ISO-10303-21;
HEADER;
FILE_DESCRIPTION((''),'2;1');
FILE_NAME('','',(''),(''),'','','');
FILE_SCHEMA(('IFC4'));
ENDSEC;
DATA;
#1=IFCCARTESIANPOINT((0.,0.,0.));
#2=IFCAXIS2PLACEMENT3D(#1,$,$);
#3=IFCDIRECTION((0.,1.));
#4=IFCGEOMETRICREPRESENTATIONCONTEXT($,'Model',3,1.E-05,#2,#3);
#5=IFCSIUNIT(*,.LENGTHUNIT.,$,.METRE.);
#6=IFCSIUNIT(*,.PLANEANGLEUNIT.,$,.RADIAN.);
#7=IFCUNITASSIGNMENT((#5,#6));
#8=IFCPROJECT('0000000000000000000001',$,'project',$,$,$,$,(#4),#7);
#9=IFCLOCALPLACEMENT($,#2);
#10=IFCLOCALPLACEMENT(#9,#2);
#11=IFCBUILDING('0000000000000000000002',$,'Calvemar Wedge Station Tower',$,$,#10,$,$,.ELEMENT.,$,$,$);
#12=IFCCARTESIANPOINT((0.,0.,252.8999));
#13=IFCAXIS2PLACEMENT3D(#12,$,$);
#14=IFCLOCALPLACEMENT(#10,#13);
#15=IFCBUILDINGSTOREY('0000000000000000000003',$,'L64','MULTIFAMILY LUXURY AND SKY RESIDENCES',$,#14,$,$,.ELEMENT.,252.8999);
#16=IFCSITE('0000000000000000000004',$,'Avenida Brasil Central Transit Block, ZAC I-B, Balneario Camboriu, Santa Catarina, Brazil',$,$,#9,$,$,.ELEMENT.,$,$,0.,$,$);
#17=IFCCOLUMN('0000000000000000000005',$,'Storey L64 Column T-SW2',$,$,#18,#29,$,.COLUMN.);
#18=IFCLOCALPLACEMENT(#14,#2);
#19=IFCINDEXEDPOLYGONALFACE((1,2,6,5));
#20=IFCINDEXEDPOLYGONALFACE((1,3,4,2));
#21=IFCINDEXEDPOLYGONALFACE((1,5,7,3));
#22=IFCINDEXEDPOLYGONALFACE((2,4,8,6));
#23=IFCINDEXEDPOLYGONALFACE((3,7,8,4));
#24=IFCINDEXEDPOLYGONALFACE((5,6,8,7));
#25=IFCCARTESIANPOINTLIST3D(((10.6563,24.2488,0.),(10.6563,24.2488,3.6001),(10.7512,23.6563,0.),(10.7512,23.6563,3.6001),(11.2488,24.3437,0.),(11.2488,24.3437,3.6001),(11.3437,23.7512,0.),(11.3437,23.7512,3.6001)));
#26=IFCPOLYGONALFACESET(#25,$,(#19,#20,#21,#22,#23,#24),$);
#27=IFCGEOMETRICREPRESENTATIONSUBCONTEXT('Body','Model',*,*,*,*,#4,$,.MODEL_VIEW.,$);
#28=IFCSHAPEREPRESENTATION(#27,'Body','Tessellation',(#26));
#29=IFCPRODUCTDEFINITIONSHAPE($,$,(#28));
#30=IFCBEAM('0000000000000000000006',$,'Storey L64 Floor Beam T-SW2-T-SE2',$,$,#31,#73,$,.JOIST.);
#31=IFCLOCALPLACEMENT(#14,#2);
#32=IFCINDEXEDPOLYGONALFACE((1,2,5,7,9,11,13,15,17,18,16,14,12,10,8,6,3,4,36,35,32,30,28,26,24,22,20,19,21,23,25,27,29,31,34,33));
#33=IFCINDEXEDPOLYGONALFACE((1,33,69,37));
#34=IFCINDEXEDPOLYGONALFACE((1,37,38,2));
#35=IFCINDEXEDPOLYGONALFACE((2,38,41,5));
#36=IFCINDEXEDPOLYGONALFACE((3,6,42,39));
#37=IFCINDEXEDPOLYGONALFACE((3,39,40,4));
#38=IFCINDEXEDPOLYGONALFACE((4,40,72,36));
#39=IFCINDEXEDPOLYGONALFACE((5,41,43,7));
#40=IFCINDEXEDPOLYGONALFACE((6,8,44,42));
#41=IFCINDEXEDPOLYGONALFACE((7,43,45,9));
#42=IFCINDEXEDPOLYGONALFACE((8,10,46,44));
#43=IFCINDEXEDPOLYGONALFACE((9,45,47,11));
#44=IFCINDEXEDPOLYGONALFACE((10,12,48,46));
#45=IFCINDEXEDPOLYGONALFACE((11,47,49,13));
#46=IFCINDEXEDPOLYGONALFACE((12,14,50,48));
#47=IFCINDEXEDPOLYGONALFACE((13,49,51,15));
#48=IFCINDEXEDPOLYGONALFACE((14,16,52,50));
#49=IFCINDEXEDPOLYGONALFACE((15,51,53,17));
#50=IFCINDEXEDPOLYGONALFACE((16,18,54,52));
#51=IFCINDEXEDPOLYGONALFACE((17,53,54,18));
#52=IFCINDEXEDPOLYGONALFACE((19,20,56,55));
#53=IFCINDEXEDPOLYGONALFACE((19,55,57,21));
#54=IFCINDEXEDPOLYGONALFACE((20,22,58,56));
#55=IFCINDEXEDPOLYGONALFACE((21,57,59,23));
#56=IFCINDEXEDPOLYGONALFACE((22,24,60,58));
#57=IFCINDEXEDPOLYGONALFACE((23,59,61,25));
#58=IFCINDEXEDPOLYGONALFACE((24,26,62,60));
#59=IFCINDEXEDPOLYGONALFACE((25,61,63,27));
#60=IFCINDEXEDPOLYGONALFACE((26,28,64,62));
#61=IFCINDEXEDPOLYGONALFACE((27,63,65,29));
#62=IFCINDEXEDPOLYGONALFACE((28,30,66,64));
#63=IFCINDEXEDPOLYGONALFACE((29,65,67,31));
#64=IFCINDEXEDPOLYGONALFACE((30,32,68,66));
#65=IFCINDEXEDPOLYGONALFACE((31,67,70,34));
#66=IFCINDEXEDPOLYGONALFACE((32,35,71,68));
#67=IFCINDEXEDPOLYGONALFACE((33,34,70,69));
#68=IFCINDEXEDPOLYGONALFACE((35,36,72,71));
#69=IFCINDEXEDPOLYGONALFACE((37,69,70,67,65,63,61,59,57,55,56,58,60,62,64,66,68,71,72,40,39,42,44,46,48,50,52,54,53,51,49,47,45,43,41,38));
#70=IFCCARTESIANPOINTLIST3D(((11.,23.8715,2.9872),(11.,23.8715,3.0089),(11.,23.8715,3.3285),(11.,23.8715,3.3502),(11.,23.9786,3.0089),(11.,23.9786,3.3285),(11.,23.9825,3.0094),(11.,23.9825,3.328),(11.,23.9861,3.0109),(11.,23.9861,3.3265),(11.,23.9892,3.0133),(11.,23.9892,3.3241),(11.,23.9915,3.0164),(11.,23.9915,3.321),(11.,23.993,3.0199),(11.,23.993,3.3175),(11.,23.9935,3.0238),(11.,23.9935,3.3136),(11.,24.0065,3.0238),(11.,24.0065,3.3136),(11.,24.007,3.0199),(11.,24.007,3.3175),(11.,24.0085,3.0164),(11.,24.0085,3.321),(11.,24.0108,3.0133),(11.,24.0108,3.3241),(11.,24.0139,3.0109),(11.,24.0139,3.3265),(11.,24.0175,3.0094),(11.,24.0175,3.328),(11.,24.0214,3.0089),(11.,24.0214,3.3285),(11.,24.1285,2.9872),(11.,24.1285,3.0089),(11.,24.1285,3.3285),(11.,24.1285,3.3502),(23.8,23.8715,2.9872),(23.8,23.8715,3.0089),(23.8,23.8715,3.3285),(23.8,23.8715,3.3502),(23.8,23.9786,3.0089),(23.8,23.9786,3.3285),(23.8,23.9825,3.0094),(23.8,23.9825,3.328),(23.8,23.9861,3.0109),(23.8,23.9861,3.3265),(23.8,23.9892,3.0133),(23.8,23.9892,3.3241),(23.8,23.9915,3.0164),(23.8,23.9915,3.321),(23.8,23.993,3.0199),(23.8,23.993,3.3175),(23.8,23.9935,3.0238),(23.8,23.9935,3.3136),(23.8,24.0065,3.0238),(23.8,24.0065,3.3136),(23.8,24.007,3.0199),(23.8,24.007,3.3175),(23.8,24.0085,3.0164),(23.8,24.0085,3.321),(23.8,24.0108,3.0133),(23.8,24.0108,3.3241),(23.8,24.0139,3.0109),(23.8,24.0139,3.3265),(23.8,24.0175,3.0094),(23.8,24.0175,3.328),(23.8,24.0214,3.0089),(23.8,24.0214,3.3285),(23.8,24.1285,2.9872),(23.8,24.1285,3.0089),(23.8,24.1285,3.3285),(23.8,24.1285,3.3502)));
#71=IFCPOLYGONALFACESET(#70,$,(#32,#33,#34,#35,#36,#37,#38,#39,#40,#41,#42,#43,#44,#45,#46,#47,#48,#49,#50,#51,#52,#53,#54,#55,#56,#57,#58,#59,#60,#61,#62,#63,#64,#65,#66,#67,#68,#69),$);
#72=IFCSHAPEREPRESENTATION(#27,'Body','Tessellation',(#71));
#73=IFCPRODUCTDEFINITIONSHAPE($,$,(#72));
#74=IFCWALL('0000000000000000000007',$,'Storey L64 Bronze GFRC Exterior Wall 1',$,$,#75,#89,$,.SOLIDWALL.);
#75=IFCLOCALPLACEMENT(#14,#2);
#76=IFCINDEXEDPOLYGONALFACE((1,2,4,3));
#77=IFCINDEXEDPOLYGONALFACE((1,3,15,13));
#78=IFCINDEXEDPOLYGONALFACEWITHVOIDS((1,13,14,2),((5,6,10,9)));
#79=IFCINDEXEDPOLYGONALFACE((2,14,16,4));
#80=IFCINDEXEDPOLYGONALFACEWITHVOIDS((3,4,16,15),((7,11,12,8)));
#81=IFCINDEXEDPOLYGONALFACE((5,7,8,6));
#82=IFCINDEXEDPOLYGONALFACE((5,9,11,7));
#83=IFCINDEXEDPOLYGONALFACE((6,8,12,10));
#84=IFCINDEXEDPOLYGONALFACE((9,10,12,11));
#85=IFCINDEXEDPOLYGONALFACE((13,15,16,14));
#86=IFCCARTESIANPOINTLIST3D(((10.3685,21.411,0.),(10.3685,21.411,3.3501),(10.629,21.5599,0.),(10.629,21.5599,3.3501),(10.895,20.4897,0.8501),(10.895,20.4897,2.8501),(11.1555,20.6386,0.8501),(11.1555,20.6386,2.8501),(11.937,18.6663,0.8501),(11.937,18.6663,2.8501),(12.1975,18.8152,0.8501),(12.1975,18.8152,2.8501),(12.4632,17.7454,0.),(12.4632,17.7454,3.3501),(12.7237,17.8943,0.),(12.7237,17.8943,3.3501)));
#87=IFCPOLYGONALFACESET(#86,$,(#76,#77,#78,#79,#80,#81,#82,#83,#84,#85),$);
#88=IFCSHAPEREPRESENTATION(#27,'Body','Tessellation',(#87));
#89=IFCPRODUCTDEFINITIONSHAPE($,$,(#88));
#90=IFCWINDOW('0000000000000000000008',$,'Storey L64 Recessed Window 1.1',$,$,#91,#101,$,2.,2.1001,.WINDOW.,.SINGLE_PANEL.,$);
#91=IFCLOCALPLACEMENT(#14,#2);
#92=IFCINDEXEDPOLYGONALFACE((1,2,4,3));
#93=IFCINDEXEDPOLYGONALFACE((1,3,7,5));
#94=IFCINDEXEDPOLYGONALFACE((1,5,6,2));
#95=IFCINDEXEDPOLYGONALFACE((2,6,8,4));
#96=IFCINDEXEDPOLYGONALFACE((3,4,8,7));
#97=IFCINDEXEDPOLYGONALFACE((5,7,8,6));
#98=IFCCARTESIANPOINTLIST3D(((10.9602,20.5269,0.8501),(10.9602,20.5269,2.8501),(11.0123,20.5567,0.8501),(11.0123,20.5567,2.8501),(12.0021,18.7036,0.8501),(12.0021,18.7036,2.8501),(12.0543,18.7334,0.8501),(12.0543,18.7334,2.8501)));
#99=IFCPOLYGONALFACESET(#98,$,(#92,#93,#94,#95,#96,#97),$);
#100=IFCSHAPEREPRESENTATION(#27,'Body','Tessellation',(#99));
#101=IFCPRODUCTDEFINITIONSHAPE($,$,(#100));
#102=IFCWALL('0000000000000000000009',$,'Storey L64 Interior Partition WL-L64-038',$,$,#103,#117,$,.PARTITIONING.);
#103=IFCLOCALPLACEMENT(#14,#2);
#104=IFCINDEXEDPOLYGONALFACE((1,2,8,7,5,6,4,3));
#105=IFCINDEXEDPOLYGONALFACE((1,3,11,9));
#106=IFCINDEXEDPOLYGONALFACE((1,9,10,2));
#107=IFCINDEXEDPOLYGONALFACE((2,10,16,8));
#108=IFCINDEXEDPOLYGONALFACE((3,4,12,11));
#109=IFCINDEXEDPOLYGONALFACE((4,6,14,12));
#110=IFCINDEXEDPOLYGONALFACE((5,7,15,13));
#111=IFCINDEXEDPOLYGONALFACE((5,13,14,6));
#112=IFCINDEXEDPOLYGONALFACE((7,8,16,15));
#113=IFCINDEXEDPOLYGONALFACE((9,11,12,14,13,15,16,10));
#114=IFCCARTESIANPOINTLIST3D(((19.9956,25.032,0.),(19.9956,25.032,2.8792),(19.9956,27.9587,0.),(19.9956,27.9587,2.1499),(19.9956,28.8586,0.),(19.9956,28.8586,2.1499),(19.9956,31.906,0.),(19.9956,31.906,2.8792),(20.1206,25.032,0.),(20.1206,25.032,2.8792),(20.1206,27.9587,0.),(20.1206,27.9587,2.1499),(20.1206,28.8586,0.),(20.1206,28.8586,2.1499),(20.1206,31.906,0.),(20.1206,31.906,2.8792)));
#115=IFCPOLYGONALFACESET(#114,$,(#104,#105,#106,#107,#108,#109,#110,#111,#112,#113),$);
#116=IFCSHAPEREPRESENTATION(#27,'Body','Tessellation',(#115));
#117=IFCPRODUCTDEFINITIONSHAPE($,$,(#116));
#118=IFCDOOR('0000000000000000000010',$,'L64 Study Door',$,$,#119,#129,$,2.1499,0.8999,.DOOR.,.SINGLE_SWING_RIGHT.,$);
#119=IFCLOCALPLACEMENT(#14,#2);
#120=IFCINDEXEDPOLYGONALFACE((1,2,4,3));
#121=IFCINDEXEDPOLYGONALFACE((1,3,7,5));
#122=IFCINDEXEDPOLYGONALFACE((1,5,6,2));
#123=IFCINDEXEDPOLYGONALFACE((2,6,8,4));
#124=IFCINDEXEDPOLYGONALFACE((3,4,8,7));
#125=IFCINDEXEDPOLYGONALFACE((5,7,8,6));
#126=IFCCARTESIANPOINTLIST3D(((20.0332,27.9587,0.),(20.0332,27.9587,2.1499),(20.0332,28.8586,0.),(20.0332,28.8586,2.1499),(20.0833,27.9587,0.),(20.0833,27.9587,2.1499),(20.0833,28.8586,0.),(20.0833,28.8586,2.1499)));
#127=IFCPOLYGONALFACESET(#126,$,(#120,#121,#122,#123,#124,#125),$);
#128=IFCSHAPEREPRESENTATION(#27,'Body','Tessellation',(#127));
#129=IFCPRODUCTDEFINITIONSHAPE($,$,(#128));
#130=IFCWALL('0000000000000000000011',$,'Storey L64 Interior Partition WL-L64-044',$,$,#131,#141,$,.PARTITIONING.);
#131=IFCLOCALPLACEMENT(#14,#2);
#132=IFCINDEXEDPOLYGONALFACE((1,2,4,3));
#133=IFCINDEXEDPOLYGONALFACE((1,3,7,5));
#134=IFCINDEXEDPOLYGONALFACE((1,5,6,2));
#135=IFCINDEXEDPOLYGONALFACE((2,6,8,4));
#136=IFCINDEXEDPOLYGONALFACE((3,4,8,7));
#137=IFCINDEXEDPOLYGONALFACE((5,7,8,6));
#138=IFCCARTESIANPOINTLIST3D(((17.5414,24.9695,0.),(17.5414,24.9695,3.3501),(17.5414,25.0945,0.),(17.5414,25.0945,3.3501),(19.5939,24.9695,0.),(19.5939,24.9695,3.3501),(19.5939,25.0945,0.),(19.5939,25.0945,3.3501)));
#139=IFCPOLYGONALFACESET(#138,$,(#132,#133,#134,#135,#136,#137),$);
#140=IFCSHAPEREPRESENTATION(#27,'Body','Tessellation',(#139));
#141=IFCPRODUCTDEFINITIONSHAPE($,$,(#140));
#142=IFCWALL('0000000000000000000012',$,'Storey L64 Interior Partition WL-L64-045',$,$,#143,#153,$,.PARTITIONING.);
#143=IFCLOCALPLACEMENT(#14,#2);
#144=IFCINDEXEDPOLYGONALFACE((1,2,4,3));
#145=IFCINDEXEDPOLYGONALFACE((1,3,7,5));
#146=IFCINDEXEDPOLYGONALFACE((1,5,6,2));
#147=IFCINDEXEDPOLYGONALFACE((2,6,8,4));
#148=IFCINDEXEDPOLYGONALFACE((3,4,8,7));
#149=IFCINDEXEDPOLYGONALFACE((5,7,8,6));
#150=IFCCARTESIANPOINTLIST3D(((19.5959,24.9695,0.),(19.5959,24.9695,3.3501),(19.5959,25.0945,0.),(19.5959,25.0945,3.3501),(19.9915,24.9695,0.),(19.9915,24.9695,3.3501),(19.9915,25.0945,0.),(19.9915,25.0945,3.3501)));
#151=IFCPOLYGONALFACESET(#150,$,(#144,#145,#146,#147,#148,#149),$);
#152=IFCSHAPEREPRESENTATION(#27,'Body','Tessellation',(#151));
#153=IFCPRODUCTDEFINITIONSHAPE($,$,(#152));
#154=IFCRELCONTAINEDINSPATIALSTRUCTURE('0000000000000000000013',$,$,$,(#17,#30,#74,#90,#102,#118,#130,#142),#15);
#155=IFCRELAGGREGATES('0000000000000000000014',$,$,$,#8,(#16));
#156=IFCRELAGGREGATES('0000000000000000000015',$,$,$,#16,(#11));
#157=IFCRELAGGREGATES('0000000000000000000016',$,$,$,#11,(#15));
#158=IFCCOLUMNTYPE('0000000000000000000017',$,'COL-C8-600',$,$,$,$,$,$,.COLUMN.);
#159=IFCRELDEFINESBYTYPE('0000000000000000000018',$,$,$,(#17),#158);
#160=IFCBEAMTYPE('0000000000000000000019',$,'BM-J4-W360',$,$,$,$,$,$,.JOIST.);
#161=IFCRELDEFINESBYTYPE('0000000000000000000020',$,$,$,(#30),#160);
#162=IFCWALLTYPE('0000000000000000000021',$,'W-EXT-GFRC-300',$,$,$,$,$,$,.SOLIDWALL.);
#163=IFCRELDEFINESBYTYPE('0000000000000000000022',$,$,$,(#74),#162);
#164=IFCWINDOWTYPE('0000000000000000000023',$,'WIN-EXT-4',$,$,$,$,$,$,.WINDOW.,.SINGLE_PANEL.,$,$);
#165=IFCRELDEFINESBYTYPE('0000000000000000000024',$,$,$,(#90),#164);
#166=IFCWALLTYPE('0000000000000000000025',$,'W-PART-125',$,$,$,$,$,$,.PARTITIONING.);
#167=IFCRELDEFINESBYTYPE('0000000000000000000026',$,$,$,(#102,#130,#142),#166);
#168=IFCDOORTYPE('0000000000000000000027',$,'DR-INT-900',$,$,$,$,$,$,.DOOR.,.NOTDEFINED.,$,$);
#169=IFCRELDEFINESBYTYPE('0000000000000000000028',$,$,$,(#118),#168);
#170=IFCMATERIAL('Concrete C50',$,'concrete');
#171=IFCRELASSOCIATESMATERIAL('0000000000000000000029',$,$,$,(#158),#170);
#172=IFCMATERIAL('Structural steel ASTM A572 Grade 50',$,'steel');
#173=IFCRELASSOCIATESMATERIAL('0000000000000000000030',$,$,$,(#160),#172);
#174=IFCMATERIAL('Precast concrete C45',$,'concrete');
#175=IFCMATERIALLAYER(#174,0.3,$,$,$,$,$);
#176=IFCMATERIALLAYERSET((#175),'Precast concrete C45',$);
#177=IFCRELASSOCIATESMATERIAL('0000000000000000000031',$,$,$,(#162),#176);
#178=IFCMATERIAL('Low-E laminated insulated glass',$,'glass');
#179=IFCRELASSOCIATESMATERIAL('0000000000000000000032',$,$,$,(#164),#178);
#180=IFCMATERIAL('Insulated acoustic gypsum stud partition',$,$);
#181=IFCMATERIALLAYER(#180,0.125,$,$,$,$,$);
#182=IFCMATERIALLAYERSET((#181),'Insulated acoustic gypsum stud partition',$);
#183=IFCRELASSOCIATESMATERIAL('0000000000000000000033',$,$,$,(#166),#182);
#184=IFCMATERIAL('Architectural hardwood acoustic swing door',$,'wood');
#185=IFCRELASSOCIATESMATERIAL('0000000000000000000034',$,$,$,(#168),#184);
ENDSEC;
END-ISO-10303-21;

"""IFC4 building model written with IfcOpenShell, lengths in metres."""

from ifc_helpers import new_model, si_unit, direction, frame, frame_2d, origin, origin_2d, place, context, subcontext, project, spatial, rectangle, i_section, extrude, source, transform, mapped, material, layer, layer_set, material_profile, profile_set, type_object, element, fill, save


model = new_model("IFC4")

# Units and contexts
model_context = context("Model", 3, precision=1e-05, world=origin(), true_north=direction((0.0, 1.0)))
body_context = subcontext(model_context, "Body", "Model", "MODEL_VIEW")
ifc_project = project(units=[si_unit("LENGTHUNIT", "METRE"), si_unit("PLANEANGLEUNIT", "RADIAN")], contexts=[model_context])

# Site, building, storey
site_placement = place(None, origin())
site = spatial("IfcSite", under=ifc_project, at=site_placement, Name="Avenida Brasil Central Transit Block, ZAC I-B, Balneario Camboriu, Santa Catarina, Brazil", CompositionType="ELEMENT", RefElevation=0.0)
building_placement = place(site_placement, origin())
building = spatial("IfcBuilding", under=site, at=building_placement, Name="Calvemar Wedge Station Tower", CompositionType="ELEMENT")
storey_placement = place(building_placement, frame((0.0, 0.0, 252.8999)))
storey = spatial("IfcBuildingStorey", under=building, at=storey_placement, Name="L64", Description="MULTIFAMILY LUXURY AND SKY RESIDENCES", CompositionType="ELEMENT", Elevation=252.8999)

# Column
ifc_material_1 = material(Name="Concrete C50", Category="concrete")
ifc_material_profile_1 = material_profile(ifc_material_1, rectangle(XDim=0.6001, YDim=0.6001, at=origin_2d()), Name="RC600x600")
ifc_profile_set_1 = profile_set([ifc_material_profile_1], Name="Concrete C50")
column_type = type_object("IfcColumnType", Name="COL-C8-600", PredefinedType="COLUMN", material=ifc_profile_set_1)
shared_shape_1 = source(origin(), body_context, "Body", "SweptSolid", [
    extrude(rectangle(XDim=0.6001, YDim=0.6001, at=origin_2d()), origin(), (0.0, 0.0, 1.0), 3.6001),
])
column_placement = place(storey_placement, frame((11.0, 24.0, 0.0), z_axis=(0.0, 0.0, 1.0), x_axis=(0.158158, -0.987414, 0.0)))
element("IfcColumn", 1, at=column_placement, inside=storey, type_object=column_type, Name="Storey L64 Column T-SW2", PredefinedType="COLUMN", context=body_context, shape_type="MappedRepresentation", body=[
    mapped(shared_shape_1, transform((0.0, 0.0, 0.0), scale=1.0)),
])

# Beam
ifc_material_2 = material(Name="Structural steel ASTM A572 Grade 50", Category="steel")
ifc_material_profile_2 = material_profile(ifc_material_2, i_section(OverallWidth=0.2571, OverallDepth=0.363, WebThickness=0.0129, FlangeThickness=0.0217, FilletRadius=0.0149, at=origin_2d()), Name="W360x122")
ifc_profile_set_2 = profile_set([ifc_material_profile_2], Name="Structural steel ASTM A572 Grade 50")
beam_type = type_object("IfcBeamType", Name="BM-J4-W360", PredefinedType="JOIST", material=ifc_profile_set_2)
shared_shape_2 = source(origin(), body_context, "Body", "SweptSolid", [
    extrude(i_section(OverallWidth=0.2571, OverallDepth=0.363, WebThickness=0.0129, FlangeThickness=0.0217, FilletRadius=0.0149, at=origin_2d()), origin(), (0.0, 0.0, 1.0), 12.8),
])
beam_placement = place(storey_placement, frame((11.0, 24.0, 3.1687), z_axis=(1.0, 0.0, 0.0), x_axis=(0.0, 1.0, 0.0)))
element("IfcBeam", 2, at=beam_placement, inside=storey, type_object=beam_type, Name="Storey L64 Floor Beam T-SW2-T-SE2", PredefinedType="JOIST", context=body_context, shape_type="MappedRepresentation", body=[
    mapped(shared_shape_2, transform((0.0, 0.0, 0.0), scale=1.0)),
])

# Wall, opening, window
ifc_material_3 = material(Name="Precast concrete C45", Category="concrete")
ifc_layer_1 = layer(ifc_material_3, 0.3)
ifc_layer_set_1 = layer_set([ifc_layer_1], Name="Precast concrete C45")
wall_type_1 = type_object("IfcWallType", Name="W-EXT-GFRC-300", PredefinedType="SOLIDWALL", material=ifc_layer_set_1)
wall_1_placement = place(storey_placement, frame((10.4988, 21.4854, 0.0), z_axis=(0.0, 0.0, 1.0), x_axis=(0.496164, -0.868229, 0.0)))
wall_1 = element("IfcWall", 3, at=wall_1_placement, inside=storey, type_object=wall_type_1, Name="Storey L64 Bronze GFRC Exterior Wall 1", PredefinedType="SOLIDWALL", context=body_context, shape_type="SweptSolid", body=[
    extrude(rectangle(XDim=4.2219, YDim=0.3, at=frame_2d((2.1108, 0.0))), origin(), (0.0, 0.0, 1.0), 3.3501),
])
shared_shape_3 = source(origin(), body_context, "Body", "SweptSolid", [
    extrude(rectangle(XDim=2.1001, YDim=2.0, at=frame_2d((1.05, 1.0))), frame((0.0, 0.1602, 0.0), z_axis=(0.0, -1.0, 0.0), x_axis=(1.0, 0.0, 0.0)), (0.0, 0.0, 1.0), 0.3201),
])
opening_1_placement = place(wall_1_placement, frame((1.061, 0.0, 0.8501)))
opening_1 = element("IfcOpeningElement", 4, at=opening_1_placement, cuts=wall_1, PredefinedType="OPENING", context=body_context, shape_type="MappedRepresentation", body=[
    mapped(shared_shape_3, transform((0.0, 0.0, 0.0), scale=1.0)),
])
ifc_material_4 = material(Name="Low-E laminated insulated glass", Category="glass")
window_type = type_object("IfcWindowType", Name="WIN-EXT-4", PartitioningType="SINGLE_PANEL", PredefinedType="WINDOW", material=ifc_material_4)
shared_shape_4 = source(origin(), body_context, "Body", "SweptSolid", [
    extrude(rectangle(XDim=2.1001, YDim=2.0, at=frame_2d((1.05, 1.0))), frame((0.0, -0.0149, 0.0), z_axis=(0.0, -1.0, 0.0), x_axis=(1.0, 0.0, 0.0)), (0.0, 0.0, 1.0), 0.0601),
])
window_placement = place(opening_1_placement, origin())
window = element("IfcWindow", 5, at=window_placement, inside=storey, type_object=window_type, Name="Storey L64 Recessed Window 1.1", OverallHeight=2.0, OverallWidth=2.1001, PartitioningType="SINGLE_PANEL", PredefinedType="WINDOW", context=body_context, shape_type="MappedRepresentation", body=[
    mapped(shared_shape_4, transform((0.0, 0.0, 0.0), scale=1.0)),
])
fill(opening_1, window)

# Wall, opening, door
ifc_material_5 = material(Name="Insulated acoustic gypsum stud partition")
ifc_layer_2 = layer(ifc_material_5, 0.125)
ifc_layer_set_2 = layer_set([ifc_layer_2], Name="Insulated acoustic gypsum stud partition")
wall_type_2 = type_object("IfcWallType", Name="W-PART-125", PredefinedType="PARTITIONING", material=ifc_layer_set_2)
wall_2_placement = place(storey_placement, frame((20.0581, 25.032, 0.0), z_axis=(0.0, 0.0, 1.0), x_axis=(0.0, 1.0, 0.0)))
wall_2 = element("IfcWall", 6, at=wall_2_placement, inside=storey, type_object=wall_type_2, Name="Storey L64 Interior Partition WL-L64-038", PredefinedType="PARTITIONING", context=body_context, shape_type="SweptSolid", body=[
    extrude(rectangle(XDim=6.874, YDim=0.125, at=frame_2d((3.437, 0.0))), origin(), (0.0, 0.0, 1.0), 2.8792),
])
shared_shape_5 = source(origin(), body_context, "Body", "SweptSolid", [
    extrude(rectangle(XDim=0.8999, YDim=2.1499, at=frame_2d((0.45, 1.075))), frame((0.0, 0.0725, 0.0), z_axis=(0.0, -1.0, 0.0), x_axis=(1.0, 0.0, 0.0)), (0.0, 0.0, 1.0), 0.145),
])
opening_2_placement = place(wall_2_placement, frame((2.9268, 0.0, 0.0)))
opening_2 = element("IfcOpeningElement", 7, at=opening_2_placement, cuts=wall_2, PredefinedType="OPENING", context=body_context, shape_type="MappedRepresentation", body=[
    mapped(shared_shape_5, transform((0.0, 0.0, 0.0), scale=1.0)),
])
ifc_material_6 = material(Name="Architectural hardwood acoustic swing door", Category="wood")
door_type_1 = type_object("IfcDoorType", Name="DR-INT-900", OperationType="NOTDEFINED", PredefinedType="DOOR", material=ifc_material_6)
shared_shape_6 = source(origin(), body_context, "Body", "SweptSolid", [
    extrude(rectangle(XDim=0.8999, YDim=2.1499, at=frame_2d((0.45, 1.075))), frame((0.0, 0.0249, 0.0), z_axis=(0.0, -1.0, 0.0), x_axis=(1.0, 0.0, 0.0)), (0.0, 0.0, 1.0), 0.05),
])
door_1_placement = place(opening_2_placement, origin())
door_1 = element("IfcDoor", 8, at=door_1_placement, inside=storey, type_object=door_type_1, Name="L64 Study Door", OperationType="SINGLE_SWING_RIGHT", OverallHeight=2.1499, OverallWidth=0.8999, PredefinedType="DOOR", context=body_context, shape_type="MappedRepresentation", body=[
    mapped(shared_shape_6, transform((0.0, 0.0, 0.0), scale=1.0)),
])
fill(opening_2, door_1)

# Walls
wall_3_placement = place(storey_placement, frame((19.594, 25.032, 0.0), z_axis=(0.0, 0.0, 1.0), x_axis=(-1.0, 0.0, 0.0)))
element("IfcWall", 9, at=wall_3_placement, inside=storey, type_object=wall_type_2, Name="Storey L64 Interior Partition WL-L64-044", PredefinedType="PARTITIONING", context=body_context, shape_type="SweptSolid", body=[
    extrude(rectangle(XDim=2.0525, YDim=0.125, at=frame_2d((1.0264, 0.0))), origin(), (0.0, 0.0, 1.0), 3.3501),
])
wall_4_placement = place(storey_placement, frame((19.9915, 25.032, 0.0), z_axis=(0.0, 0.0, 1.0), x_axis=(-1.0, 0.0, 0.0)))
element("IfcWall", 10, at=wall_4_placement, inside=storey, type_object=wall_type_2, Name="Storey L64 Interior Partition WL-L64-045", PredefinedType="PARTITIONING", context=body_context, shape_type="SweptSolid", body=[
    extrude(rectangle(XDim=0.3955, YDim=0.125, at=frame_2d((0.1978, 0.0))), origin(), (0.0, 0.0, 1.0), 3.3501),
])

save(model, "model.ifc")
